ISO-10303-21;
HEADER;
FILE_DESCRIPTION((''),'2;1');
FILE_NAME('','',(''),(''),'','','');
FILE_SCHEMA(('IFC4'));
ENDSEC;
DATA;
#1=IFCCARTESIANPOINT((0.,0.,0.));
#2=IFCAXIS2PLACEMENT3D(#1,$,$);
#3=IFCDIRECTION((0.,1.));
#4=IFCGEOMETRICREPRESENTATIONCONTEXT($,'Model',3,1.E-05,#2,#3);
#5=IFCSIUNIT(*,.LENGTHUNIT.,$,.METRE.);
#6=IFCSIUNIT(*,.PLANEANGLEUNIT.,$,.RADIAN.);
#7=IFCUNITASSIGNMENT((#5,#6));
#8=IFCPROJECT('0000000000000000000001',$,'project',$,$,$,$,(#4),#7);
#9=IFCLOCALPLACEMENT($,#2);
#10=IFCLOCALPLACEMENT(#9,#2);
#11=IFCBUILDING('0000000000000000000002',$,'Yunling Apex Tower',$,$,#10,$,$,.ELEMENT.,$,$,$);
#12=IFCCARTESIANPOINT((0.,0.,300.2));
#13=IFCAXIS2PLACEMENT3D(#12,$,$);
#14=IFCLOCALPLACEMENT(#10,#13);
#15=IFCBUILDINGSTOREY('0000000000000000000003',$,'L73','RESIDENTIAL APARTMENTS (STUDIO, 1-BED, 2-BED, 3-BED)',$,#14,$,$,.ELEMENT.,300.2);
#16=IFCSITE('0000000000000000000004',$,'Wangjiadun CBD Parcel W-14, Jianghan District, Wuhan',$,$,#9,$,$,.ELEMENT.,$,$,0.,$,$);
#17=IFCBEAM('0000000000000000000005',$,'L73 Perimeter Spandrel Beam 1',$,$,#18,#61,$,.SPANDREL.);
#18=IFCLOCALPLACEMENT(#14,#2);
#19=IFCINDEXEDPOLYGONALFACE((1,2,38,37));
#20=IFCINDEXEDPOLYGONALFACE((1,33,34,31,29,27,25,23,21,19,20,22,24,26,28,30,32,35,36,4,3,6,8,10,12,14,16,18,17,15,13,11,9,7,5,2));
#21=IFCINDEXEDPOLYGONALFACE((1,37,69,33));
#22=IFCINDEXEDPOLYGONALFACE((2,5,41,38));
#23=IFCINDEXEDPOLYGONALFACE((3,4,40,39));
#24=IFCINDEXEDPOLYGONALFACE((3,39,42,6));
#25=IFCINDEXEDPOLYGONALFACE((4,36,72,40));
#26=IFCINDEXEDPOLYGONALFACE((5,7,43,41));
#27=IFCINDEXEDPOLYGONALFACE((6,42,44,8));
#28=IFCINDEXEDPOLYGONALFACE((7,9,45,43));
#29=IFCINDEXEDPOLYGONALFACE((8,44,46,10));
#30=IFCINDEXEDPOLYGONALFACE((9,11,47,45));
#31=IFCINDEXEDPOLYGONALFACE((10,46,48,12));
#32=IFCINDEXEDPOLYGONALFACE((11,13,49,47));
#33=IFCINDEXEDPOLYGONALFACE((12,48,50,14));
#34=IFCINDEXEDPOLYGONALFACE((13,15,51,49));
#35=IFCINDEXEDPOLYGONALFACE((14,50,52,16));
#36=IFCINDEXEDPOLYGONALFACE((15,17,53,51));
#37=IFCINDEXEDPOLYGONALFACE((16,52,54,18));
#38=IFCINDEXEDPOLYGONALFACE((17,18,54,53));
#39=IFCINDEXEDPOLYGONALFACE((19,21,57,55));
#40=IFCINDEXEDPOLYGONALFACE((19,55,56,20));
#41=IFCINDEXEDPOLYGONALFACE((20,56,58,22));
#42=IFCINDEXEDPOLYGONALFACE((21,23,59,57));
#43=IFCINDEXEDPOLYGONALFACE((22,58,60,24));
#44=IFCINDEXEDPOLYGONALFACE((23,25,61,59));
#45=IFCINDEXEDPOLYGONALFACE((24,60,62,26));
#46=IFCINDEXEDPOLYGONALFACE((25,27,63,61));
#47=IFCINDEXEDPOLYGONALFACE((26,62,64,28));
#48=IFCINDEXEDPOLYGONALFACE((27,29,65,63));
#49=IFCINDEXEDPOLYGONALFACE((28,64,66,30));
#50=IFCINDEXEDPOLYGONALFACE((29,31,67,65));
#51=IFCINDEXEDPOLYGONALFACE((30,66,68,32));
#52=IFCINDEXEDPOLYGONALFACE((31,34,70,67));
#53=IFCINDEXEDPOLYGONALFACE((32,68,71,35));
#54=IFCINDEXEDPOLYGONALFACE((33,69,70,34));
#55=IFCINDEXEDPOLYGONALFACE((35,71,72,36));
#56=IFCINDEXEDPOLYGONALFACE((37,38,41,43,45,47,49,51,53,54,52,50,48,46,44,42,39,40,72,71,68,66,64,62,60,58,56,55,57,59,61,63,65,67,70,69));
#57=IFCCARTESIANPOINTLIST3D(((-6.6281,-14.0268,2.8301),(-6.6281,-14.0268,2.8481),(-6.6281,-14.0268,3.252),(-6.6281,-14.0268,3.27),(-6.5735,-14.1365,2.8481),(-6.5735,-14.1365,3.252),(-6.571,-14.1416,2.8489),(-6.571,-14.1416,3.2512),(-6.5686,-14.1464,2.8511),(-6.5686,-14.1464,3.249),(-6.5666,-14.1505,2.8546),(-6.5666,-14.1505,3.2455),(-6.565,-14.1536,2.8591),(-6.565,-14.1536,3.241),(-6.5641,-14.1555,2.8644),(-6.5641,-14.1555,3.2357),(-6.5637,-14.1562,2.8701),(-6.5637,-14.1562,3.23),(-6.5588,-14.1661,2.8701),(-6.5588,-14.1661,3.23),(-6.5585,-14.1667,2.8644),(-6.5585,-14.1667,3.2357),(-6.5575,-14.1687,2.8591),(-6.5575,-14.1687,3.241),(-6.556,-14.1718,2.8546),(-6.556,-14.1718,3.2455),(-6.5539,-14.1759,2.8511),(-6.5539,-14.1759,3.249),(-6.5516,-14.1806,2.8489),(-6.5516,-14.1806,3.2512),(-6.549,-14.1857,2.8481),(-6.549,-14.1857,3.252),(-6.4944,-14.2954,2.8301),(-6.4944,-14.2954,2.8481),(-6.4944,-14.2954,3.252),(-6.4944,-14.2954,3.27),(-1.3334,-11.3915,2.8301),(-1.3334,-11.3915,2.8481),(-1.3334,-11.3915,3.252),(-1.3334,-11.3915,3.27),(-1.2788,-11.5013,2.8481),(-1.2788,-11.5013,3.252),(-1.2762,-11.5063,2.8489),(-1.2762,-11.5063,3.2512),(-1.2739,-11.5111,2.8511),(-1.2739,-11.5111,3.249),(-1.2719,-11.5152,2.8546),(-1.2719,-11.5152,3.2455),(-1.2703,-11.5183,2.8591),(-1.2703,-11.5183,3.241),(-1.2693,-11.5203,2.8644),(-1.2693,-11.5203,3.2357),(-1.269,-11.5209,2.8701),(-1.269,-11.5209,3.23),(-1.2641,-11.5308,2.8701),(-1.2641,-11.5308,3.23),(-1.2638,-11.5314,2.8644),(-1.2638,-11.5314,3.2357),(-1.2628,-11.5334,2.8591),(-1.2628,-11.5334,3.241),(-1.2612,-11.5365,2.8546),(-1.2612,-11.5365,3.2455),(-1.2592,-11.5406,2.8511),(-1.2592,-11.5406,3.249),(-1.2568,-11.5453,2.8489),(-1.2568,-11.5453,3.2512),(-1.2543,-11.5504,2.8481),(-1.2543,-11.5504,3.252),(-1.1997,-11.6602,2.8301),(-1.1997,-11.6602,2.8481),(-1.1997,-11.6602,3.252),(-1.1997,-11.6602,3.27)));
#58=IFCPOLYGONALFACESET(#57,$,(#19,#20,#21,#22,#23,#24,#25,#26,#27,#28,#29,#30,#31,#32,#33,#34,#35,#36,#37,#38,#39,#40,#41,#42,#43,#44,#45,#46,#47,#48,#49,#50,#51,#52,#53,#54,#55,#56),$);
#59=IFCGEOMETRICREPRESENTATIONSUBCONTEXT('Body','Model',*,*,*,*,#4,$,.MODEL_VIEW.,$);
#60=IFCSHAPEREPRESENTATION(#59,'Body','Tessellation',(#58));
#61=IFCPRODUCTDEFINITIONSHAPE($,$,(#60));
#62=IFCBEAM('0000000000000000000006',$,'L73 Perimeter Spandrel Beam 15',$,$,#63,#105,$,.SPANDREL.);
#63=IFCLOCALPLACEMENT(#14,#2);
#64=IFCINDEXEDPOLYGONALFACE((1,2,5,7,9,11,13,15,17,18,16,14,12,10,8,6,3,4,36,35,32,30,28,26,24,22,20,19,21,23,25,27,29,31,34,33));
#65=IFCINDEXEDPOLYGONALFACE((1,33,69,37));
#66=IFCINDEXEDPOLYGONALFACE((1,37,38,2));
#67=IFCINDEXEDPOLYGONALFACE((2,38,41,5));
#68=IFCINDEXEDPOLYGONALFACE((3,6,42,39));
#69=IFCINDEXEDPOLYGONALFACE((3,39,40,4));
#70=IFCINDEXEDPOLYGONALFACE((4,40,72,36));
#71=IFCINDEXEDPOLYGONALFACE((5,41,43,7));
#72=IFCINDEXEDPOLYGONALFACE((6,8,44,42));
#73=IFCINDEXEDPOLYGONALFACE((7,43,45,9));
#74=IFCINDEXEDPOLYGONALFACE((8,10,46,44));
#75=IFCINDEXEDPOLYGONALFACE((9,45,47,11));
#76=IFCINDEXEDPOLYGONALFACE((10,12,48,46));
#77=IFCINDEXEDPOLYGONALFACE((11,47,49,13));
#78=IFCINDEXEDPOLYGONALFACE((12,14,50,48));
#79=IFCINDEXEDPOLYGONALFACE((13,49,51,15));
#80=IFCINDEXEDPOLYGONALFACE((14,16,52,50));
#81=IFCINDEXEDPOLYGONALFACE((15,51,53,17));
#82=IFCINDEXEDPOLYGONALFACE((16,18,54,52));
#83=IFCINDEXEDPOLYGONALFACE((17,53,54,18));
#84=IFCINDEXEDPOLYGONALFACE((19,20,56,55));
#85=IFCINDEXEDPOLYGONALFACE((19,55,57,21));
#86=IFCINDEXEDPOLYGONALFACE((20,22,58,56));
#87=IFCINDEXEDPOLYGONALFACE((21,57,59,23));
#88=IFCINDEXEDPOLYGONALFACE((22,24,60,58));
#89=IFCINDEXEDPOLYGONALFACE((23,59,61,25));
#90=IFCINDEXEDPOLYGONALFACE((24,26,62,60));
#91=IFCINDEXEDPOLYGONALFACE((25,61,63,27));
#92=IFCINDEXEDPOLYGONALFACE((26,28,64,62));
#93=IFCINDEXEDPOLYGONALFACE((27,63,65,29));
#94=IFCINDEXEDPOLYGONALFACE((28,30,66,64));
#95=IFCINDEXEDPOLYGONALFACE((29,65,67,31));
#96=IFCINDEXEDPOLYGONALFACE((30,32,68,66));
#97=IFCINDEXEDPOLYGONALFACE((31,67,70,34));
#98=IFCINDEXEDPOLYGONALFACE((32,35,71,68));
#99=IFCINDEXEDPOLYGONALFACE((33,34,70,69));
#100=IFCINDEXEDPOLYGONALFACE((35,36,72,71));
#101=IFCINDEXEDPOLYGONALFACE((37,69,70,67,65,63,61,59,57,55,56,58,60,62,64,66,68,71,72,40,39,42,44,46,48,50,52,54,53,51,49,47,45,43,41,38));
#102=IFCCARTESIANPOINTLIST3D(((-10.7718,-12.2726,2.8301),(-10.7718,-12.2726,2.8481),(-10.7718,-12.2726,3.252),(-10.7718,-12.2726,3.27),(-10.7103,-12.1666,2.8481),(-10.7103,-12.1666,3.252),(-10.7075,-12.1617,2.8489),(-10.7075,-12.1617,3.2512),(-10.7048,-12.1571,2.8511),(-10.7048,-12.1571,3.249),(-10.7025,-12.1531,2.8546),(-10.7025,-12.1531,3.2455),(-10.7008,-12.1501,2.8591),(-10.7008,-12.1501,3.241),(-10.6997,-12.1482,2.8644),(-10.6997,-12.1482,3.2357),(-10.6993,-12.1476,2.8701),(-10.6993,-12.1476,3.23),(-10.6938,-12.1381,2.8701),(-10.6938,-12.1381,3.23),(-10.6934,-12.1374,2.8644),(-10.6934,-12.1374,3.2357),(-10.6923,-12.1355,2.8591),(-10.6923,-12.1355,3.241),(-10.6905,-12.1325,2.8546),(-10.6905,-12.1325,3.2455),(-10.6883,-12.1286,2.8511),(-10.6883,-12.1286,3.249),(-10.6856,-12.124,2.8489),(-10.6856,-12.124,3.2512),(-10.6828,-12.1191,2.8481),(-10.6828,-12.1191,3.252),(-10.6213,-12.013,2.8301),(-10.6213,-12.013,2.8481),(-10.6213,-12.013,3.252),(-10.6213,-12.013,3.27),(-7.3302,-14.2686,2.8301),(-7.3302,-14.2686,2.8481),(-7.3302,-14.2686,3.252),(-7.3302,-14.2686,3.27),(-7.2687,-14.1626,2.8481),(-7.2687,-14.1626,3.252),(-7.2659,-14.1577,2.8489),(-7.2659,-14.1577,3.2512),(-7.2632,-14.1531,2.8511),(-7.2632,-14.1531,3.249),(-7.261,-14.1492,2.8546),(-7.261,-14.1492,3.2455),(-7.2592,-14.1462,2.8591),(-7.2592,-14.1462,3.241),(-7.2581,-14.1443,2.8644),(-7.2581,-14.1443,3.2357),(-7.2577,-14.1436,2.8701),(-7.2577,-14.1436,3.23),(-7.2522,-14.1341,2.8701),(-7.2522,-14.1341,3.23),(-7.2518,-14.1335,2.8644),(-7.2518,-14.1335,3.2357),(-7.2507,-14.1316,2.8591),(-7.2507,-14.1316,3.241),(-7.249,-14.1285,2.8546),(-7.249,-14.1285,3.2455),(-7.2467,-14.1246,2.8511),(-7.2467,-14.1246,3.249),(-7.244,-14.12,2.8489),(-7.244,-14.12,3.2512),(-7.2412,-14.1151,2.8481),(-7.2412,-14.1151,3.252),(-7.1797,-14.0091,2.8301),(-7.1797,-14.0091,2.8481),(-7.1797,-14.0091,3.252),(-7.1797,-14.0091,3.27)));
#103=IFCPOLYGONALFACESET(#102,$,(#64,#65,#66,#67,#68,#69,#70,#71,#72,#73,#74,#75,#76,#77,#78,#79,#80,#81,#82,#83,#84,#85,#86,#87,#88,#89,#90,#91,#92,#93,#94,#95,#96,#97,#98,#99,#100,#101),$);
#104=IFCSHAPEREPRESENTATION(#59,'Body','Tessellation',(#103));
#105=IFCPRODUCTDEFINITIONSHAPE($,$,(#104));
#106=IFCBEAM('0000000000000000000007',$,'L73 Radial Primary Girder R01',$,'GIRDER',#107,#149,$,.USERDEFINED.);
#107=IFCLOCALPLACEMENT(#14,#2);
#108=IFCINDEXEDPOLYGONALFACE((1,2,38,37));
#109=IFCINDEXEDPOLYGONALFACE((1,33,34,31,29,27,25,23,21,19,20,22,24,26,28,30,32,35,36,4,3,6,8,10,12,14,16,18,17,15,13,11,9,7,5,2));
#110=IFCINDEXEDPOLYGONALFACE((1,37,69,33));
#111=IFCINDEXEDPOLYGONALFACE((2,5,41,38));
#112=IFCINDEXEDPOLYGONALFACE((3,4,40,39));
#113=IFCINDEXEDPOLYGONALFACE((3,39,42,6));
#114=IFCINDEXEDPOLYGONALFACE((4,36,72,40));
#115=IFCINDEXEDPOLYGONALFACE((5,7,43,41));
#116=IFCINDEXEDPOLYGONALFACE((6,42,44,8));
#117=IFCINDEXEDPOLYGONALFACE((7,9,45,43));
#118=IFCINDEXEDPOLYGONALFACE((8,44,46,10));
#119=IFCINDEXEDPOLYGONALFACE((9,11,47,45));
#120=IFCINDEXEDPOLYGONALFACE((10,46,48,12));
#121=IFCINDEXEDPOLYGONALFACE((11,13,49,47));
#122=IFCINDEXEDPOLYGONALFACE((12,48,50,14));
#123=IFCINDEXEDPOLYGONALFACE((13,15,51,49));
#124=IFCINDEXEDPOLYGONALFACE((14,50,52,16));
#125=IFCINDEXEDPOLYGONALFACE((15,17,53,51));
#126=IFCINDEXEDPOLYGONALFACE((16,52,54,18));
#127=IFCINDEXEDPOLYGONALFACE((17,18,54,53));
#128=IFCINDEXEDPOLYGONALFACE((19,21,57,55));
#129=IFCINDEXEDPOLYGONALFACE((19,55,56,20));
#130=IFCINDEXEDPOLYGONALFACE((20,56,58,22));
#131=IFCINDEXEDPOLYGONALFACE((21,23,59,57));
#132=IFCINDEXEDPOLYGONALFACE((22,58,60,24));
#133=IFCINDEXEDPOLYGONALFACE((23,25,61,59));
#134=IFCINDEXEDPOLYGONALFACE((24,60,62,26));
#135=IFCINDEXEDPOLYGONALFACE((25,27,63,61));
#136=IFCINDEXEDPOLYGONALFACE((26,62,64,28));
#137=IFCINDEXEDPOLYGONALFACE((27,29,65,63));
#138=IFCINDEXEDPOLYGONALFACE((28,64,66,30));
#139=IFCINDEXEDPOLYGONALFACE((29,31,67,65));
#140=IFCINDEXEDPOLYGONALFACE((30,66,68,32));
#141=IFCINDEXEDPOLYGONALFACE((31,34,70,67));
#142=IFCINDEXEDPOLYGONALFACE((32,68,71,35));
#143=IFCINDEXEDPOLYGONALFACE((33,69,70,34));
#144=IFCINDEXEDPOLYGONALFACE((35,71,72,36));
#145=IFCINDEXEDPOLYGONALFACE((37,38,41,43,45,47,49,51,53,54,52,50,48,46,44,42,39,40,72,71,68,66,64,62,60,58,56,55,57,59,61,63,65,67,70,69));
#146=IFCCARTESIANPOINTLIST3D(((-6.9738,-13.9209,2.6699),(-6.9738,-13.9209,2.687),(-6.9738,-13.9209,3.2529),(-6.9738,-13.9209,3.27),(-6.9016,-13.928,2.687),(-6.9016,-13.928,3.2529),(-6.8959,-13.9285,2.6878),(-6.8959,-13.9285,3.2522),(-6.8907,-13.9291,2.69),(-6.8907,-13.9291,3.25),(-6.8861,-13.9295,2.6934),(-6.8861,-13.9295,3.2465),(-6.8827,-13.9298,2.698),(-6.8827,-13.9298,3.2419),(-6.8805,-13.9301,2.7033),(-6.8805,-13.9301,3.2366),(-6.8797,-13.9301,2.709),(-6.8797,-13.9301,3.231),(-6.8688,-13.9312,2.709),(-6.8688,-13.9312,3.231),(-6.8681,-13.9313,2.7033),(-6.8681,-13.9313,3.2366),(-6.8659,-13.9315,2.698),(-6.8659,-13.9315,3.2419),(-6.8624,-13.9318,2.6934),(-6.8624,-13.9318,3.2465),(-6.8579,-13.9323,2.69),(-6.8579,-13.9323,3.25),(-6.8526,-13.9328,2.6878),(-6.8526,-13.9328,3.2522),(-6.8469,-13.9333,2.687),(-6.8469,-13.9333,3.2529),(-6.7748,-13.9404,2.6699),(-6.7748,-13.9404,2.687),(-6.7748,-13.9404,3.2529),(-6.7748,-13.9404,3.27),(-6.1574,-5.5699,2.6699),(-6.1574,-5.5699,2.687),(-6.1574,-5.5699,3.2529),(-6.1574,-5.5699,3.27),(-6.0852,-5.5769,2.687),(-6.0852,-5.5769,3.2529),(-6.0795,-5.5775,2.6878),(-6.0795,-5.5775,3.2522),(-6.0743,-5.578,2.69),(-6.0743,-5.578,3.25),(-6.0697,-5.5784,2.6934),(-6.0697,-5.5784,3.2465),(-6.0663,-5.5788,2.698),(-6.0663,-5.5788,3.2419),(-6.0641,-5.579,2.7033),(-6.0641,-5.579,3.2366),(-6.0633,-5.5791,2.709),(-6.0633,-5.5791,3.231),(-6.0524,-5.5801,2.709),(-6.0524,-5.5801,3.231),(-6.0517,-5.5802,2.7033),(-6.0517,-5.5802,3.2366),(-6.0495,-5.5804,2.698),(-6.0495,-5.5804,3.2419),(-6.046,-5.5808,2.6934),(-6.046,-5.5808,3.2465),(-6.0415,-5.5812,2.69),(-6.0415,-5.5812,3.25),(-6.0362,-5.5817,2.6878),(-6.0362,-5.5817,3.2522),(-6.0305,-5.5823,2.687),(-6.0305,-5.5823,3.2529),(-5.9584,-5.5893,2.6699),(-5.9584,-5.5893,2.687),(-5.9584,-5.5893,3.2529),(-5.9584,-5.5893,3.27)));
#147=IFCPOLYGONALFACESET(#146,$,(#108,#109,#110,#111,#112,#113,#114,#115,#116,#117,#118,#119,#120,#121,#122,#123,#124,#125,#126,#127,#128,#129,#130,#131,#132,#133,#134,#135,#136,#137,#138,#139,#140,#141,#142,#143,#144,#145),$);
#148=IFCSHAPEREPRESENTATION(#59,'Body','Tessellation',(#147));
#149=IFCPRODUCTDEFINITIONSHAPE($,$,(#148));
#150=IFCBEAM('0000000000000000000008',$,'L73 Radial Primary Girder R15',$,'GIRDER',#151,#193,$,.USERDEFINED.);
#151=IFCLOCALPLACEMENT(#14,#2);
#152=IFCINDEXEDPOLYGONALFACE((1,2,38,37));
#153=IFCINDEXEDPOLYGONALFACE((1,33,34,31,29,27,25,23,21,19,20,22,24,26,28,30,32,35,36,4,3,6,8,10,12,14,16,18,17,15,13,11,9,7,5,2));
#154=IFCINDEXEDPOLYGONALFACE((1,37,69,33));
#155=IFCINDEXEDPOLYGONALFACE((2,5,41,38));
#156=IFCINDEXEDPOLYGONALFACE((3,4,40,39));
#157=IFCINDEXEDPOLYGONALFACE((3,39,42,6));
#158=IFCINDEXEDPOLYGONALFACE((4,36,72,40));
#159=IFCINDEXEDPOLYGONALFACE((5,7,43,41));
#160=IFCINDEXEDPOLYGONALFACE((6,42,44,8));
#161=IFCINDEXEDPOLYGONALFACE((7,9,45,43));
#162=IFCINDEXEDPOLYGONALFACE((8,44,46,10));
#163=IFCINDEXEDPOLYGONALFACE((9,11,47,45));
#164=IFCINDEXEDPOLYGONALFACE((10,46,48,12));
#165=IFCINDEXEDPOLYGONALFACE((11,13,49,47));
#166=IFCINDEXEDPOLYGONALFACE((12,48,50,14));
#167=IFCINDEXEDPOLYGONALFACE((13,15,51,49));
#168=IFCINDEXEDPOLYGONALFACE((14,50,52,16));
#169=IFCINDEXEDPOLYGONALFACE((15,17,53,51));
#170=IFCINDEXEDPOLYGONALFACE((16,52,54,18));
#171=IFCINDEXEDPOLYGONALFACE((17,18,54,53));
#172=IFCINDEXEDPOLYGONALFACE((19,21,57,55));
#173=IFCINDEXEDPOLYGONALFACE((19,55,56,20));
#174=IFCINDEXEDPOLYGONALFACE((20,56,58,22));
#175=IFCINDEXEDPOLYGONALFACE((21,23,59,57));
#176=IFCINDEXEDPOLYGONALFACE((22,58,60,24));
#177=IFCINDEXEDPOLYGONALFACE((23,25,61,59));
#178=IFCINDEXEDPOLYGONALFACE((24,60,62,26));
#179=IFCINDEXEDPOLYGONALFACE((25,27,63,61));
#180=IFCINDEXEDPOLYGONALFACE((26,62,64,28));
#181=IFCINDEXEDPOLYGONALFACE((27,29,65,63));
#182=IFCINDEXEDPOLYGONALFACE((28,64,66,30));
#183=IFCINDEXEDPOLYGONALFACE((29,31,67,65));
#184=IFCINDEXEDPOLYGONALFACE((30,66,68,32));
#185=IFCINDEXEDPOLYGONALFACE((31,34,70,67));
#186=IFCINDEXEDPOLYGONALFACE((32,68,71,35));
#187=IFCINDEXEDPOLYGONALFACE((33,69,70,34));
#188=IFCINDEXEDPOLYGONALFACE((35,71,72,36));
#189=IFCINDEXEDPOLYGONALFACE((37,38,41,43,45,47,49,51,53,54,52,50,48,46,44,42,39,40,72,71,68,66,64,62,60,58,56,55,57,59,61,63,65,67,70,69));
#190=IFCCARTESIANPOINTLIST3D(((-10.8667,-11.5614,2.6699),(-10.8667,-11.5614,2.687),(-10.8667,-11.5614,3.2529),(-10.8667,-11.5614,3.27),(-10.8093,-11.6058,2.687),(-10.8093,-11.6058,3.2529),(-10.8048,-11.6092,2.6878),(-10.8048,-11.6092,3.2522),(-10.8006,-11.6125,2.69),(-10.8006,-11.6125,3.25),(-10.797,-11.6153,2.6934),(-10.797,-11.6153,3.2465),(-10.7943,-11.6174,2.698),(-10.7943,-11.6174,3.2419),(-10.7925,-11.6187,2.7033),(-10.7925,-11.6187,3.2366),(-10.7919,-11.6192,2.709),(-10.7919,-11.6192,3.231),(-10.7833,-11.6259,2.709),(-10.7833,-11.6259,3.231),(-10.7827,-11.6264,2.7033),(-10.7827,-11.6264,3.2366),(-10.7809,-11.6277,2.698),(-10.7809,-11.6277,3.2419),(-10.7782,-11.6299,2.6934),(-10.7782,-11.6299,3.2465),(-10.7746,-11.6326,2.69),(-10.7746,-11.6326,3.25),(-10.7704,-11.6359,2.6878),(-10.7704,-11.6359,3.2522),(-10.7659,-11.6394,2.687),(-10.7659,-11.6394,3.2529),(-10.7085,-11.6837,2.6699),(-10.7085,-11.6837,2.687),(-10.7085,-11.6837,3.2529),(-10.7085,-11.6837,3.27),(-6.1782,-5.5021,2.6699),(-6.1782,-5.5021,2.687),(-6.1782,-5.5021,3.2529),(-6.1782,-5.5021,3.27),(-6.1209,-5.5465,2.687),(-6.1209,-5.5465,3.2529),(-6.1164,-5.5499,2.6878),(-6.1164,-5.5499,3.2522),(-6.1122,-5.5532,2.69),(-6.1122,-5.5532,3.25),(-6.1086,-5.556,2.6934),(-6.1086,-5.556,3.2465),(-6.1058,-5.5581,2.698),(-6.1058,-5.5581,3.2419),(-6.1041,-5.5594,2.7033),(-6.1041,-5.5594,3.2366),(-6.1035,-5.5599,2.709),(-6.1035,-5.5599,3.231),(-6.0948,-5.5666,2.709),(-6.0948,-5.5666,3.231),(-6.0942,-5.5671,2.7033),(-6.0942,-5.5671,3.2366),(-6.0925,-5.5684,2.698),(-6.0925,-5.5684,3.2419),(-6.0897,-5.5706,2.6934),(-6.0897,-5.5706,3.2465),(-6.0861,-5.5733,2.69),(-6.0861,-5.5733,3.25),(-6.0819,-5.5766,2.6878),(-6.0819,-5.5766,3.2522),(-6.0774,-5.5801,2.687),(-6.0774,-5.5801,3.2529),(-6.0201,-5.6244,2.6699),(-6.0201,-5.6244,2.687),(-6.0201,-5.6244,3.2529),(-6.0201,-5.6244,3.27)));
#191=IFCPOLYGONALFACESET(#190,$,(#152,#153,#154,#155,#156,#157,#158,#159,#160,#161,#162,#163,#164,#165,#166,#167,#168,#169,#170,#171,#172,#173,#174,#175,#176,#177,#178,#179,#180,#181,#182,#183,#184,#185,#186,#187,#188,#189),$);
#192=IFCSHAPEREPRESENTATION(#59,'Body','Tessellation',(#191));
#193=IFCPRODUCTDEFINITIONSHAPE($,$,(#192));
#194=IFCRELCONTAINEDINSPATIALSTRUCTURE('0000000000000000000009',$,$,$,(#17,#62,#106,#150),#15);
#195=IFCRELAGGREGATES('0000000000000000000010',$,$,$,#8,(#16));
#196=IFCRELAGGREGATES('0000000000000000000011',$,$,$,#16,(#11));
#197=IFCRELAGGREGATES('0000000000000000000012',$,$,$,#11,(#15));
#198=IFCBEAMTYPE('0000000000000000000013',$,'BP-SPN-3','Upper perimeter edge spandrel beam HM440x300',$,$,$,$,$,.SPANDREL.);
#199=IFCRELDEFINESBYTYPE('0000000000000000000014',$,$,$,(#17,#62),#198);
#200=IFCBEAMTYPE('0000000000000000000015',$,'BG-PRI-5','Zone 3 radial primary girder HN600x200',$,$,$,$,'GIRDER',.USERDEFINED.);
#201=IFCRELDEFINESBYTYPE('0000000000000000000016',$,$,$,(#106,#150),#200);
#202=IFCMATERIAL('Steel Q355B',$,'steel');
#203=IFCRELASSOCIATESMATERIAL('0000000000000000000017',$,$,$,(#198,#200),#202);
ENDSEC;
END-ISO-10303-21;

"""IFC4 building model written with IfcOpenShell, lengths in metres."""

from ifc_helpers import new_model, si_unit, direction, frame, origin, origin_2d, place, context, subcontext, project, spatial, i_section, extrude, source, transform, mapped, material, material_profile, profile_set, type_object, element, save


model = new_model("IFC4")

# Units and contexts
model_context = context("Model", 3, precision=1e-05, world=origin(), true_north=direction((0.0, 1.0)))
body_context = subcontext(model_context, "Body", "Model", "MODEL_VIEW")
ifc_project = project(units=[si_unit("LENGTHUNIT", "METRE"), si_unit("PLANEANGLEUNIT", "RADIAN")], contexts=[model_context])

# Site, building, storey
site_placement = place(None, origin())
site = spatial("IfcSite", under=ifc_project, at=site_placement, Name="Wangjiadun CBD Parcel W-14, Jianghan District, Wuhan", CompositionType="ELEMENT", RefElevation=0.0)
building_placement = place(site_placement, origin())
building = spatial("IfcBuilding", under=site, at=building_placement, Name="Yunling Apex Tower", CompositionType="ELEMENT")
storey_placement = place(building_placement, frame((0.0, 0.0, 300.2)))
storey = spatial("IfcBuildingStorey", under=building, at=storey_placement, Name="L73", Description="RESIDENTIAL APARTMENTS (STUDIO, 1-BED, 2-BED, 3-BED)", CompositionType="ELEMENT", Elevation=300.2)

# Shared definitions
ifc_material_1 = material(Name="Steel Q355B", Category="steel")

# Beams
ifc_material_profile_1 = material_profile(ifc_material_1, i_section(OverallWidth=0.3, OverallDepth=0.4399, WebThickness=0.011, FlangeThickness=0.0181, FilletRadius=0.022, at=origin_2d()))
ifc_profile_set_1 = profile_set([ifc_material_profile_1], Name="Steel Q355B")
beam_type_1 = type_object("IfcBeamType", Name="BP-SPN-3", Description="Upper perimeter edge spandrel beam HM440x300", PredefinedType="SPANDREL", material=ifc_profile_set_1)
shared_shape_1 = source(origin(), body_context, "Body", "SweptSolid", [
    extrude(i_section(OverallWidth=0.3, OverallDepth=0.4399, WebThickness=0.011, FlangeThickness=0.0181, FilletRadius=0.022, at=origin_2d()), origin(), (0.0, 0.0, 1.0), 5.9143),
])
beam_1_placement = place(storey_placement, frame((-6.5613, -14.1611, 3.05), z_axis=(0.895243, 0.445578, 0.0), x_axis=(-0.445578, 0.895243, 0.0)))
element("IfcBeam", 1, at=beam_1_placement, inside=storey, type_object=beam_type_1, Name="L73 Perimeter Spandrel Beam 1", PredefinedType="SPANDREL", context=body_context, shape_type="MappedRepresentation", body=[
    mapped(shared_shape_1, transform((0.0, 0.0, 0.0), scale=1.0)),
])
shared_shape_2 = source(origin(), body_context, "Body", "SweptSolid", [
    extrude(i_section(OverallWidth=0.3, OverallDepth=0.4399, WebThickness=0.011, FlangeThickness=0.0181, FilletRadius=0.022, at=origin_2d()), origin(), (0.0, 0.0, 1.0), 3.9785),
])
beam_2_placement = place(storey_placement, frame((-10.6965, -12.1428, 3.05), z_axis=(0.865038, -0.501706, 0.0), x_axis=(0.501706, 0.865038, 0.0)))
element("IfcBeam", 2, at=beam_2_placement, inside=storey, type_object=beam_type_1, Name="L73 Perimeter Spandrel Beam 15", PredefinedType="SPANDREL", context=body_context, shape_type="MappedRepresentation", body=[
    mapped(shared_shape_2, transform((0.0, 0.0, 0.0), scale=1.0)),
])
ifc_material_profile_2 = material_profile(ifc_material_1, i_section(OverallWidth=0.2, OverallDepth=0.6001, WebThickness=0.011, FlangeThickness=0.0171, FilletRadius=0.022, at=origin_2d()))
ifc_profile_set_2 = profile_set([ifc_material_profile_2], Name="Steel Q355B")
beam_type_2 = type_object("IfcBeamType", Name="BG-PRI-5", Description="Zone 3 radial primary girder HN600x200", ElementType="GIRDER", PredefinedType="USERDEFINED", material=ifc_profile_set_2)
shared_shape_3 = source(origin(), body_context, "Body", "SweptSolid", [
    extrude(i_section(OverallWidth=0.2, OverallDepth=0.6001, WebThickness=0.011, FlangeThickness=0.0171, FilletRadius=0.022, at=origin_2d()), origin(), (0.0, 0.0, 1.0), 8.3909),
])
beam_3_placement = place(storey_placement, frame((-6.8743, -13.9307, 2.97), z_axis=(0.097297, 0.995255, 0.0), x_axis=(-0.995255, 0.097297, 0.0)))
element("IfcBeam", 3, at=beam_3_placement, inside=storey, type_object=beam_type_2, Name="L73 Radial Primary Girder R01", ObjectType="GIRDER", PredefinedType="USERDEFINED", context=body_context, shape_type="MappedRepresentation", body=[
    mapped(shared_shape_3, transform((0.0, 0.0, 0.0), scale=1.0)),
])
shared_shape_4 = source(origin(), body_context, "Body", "SweptSolid", [
    extrude(i_section(OverallWidth=0.2, OverallDepth=0.6001, WebThickness=0.011, FlangeThickness=0.0171, FilletRadius=0.022, at=origin_2d()), origin(), (0.0, 0.0, 1.0), 7.6614),
])
beam_4_placement = place(storey_placement, frame((-10.7876, -11.6226, 2.97), z_axis=(0.61196, 0.790889, 0.0), x_axis=(-0.790889, 0.61196, 0.0)))
element("IfcBeam", 4, at=beam_4_placement, inside=storey, type_object=beam_type_2, Name="L73 Radial Primary Girder R15", ObjectType="GIRDER", PredefinedType="USERDEFINED", context=body_context, shape_type="MappedRepresentation", body=[
    mapped(shared_shape_4, transform((0.0, 0.0, 0.0), scale=1.0)),
])

save(model, "model.ifc")
